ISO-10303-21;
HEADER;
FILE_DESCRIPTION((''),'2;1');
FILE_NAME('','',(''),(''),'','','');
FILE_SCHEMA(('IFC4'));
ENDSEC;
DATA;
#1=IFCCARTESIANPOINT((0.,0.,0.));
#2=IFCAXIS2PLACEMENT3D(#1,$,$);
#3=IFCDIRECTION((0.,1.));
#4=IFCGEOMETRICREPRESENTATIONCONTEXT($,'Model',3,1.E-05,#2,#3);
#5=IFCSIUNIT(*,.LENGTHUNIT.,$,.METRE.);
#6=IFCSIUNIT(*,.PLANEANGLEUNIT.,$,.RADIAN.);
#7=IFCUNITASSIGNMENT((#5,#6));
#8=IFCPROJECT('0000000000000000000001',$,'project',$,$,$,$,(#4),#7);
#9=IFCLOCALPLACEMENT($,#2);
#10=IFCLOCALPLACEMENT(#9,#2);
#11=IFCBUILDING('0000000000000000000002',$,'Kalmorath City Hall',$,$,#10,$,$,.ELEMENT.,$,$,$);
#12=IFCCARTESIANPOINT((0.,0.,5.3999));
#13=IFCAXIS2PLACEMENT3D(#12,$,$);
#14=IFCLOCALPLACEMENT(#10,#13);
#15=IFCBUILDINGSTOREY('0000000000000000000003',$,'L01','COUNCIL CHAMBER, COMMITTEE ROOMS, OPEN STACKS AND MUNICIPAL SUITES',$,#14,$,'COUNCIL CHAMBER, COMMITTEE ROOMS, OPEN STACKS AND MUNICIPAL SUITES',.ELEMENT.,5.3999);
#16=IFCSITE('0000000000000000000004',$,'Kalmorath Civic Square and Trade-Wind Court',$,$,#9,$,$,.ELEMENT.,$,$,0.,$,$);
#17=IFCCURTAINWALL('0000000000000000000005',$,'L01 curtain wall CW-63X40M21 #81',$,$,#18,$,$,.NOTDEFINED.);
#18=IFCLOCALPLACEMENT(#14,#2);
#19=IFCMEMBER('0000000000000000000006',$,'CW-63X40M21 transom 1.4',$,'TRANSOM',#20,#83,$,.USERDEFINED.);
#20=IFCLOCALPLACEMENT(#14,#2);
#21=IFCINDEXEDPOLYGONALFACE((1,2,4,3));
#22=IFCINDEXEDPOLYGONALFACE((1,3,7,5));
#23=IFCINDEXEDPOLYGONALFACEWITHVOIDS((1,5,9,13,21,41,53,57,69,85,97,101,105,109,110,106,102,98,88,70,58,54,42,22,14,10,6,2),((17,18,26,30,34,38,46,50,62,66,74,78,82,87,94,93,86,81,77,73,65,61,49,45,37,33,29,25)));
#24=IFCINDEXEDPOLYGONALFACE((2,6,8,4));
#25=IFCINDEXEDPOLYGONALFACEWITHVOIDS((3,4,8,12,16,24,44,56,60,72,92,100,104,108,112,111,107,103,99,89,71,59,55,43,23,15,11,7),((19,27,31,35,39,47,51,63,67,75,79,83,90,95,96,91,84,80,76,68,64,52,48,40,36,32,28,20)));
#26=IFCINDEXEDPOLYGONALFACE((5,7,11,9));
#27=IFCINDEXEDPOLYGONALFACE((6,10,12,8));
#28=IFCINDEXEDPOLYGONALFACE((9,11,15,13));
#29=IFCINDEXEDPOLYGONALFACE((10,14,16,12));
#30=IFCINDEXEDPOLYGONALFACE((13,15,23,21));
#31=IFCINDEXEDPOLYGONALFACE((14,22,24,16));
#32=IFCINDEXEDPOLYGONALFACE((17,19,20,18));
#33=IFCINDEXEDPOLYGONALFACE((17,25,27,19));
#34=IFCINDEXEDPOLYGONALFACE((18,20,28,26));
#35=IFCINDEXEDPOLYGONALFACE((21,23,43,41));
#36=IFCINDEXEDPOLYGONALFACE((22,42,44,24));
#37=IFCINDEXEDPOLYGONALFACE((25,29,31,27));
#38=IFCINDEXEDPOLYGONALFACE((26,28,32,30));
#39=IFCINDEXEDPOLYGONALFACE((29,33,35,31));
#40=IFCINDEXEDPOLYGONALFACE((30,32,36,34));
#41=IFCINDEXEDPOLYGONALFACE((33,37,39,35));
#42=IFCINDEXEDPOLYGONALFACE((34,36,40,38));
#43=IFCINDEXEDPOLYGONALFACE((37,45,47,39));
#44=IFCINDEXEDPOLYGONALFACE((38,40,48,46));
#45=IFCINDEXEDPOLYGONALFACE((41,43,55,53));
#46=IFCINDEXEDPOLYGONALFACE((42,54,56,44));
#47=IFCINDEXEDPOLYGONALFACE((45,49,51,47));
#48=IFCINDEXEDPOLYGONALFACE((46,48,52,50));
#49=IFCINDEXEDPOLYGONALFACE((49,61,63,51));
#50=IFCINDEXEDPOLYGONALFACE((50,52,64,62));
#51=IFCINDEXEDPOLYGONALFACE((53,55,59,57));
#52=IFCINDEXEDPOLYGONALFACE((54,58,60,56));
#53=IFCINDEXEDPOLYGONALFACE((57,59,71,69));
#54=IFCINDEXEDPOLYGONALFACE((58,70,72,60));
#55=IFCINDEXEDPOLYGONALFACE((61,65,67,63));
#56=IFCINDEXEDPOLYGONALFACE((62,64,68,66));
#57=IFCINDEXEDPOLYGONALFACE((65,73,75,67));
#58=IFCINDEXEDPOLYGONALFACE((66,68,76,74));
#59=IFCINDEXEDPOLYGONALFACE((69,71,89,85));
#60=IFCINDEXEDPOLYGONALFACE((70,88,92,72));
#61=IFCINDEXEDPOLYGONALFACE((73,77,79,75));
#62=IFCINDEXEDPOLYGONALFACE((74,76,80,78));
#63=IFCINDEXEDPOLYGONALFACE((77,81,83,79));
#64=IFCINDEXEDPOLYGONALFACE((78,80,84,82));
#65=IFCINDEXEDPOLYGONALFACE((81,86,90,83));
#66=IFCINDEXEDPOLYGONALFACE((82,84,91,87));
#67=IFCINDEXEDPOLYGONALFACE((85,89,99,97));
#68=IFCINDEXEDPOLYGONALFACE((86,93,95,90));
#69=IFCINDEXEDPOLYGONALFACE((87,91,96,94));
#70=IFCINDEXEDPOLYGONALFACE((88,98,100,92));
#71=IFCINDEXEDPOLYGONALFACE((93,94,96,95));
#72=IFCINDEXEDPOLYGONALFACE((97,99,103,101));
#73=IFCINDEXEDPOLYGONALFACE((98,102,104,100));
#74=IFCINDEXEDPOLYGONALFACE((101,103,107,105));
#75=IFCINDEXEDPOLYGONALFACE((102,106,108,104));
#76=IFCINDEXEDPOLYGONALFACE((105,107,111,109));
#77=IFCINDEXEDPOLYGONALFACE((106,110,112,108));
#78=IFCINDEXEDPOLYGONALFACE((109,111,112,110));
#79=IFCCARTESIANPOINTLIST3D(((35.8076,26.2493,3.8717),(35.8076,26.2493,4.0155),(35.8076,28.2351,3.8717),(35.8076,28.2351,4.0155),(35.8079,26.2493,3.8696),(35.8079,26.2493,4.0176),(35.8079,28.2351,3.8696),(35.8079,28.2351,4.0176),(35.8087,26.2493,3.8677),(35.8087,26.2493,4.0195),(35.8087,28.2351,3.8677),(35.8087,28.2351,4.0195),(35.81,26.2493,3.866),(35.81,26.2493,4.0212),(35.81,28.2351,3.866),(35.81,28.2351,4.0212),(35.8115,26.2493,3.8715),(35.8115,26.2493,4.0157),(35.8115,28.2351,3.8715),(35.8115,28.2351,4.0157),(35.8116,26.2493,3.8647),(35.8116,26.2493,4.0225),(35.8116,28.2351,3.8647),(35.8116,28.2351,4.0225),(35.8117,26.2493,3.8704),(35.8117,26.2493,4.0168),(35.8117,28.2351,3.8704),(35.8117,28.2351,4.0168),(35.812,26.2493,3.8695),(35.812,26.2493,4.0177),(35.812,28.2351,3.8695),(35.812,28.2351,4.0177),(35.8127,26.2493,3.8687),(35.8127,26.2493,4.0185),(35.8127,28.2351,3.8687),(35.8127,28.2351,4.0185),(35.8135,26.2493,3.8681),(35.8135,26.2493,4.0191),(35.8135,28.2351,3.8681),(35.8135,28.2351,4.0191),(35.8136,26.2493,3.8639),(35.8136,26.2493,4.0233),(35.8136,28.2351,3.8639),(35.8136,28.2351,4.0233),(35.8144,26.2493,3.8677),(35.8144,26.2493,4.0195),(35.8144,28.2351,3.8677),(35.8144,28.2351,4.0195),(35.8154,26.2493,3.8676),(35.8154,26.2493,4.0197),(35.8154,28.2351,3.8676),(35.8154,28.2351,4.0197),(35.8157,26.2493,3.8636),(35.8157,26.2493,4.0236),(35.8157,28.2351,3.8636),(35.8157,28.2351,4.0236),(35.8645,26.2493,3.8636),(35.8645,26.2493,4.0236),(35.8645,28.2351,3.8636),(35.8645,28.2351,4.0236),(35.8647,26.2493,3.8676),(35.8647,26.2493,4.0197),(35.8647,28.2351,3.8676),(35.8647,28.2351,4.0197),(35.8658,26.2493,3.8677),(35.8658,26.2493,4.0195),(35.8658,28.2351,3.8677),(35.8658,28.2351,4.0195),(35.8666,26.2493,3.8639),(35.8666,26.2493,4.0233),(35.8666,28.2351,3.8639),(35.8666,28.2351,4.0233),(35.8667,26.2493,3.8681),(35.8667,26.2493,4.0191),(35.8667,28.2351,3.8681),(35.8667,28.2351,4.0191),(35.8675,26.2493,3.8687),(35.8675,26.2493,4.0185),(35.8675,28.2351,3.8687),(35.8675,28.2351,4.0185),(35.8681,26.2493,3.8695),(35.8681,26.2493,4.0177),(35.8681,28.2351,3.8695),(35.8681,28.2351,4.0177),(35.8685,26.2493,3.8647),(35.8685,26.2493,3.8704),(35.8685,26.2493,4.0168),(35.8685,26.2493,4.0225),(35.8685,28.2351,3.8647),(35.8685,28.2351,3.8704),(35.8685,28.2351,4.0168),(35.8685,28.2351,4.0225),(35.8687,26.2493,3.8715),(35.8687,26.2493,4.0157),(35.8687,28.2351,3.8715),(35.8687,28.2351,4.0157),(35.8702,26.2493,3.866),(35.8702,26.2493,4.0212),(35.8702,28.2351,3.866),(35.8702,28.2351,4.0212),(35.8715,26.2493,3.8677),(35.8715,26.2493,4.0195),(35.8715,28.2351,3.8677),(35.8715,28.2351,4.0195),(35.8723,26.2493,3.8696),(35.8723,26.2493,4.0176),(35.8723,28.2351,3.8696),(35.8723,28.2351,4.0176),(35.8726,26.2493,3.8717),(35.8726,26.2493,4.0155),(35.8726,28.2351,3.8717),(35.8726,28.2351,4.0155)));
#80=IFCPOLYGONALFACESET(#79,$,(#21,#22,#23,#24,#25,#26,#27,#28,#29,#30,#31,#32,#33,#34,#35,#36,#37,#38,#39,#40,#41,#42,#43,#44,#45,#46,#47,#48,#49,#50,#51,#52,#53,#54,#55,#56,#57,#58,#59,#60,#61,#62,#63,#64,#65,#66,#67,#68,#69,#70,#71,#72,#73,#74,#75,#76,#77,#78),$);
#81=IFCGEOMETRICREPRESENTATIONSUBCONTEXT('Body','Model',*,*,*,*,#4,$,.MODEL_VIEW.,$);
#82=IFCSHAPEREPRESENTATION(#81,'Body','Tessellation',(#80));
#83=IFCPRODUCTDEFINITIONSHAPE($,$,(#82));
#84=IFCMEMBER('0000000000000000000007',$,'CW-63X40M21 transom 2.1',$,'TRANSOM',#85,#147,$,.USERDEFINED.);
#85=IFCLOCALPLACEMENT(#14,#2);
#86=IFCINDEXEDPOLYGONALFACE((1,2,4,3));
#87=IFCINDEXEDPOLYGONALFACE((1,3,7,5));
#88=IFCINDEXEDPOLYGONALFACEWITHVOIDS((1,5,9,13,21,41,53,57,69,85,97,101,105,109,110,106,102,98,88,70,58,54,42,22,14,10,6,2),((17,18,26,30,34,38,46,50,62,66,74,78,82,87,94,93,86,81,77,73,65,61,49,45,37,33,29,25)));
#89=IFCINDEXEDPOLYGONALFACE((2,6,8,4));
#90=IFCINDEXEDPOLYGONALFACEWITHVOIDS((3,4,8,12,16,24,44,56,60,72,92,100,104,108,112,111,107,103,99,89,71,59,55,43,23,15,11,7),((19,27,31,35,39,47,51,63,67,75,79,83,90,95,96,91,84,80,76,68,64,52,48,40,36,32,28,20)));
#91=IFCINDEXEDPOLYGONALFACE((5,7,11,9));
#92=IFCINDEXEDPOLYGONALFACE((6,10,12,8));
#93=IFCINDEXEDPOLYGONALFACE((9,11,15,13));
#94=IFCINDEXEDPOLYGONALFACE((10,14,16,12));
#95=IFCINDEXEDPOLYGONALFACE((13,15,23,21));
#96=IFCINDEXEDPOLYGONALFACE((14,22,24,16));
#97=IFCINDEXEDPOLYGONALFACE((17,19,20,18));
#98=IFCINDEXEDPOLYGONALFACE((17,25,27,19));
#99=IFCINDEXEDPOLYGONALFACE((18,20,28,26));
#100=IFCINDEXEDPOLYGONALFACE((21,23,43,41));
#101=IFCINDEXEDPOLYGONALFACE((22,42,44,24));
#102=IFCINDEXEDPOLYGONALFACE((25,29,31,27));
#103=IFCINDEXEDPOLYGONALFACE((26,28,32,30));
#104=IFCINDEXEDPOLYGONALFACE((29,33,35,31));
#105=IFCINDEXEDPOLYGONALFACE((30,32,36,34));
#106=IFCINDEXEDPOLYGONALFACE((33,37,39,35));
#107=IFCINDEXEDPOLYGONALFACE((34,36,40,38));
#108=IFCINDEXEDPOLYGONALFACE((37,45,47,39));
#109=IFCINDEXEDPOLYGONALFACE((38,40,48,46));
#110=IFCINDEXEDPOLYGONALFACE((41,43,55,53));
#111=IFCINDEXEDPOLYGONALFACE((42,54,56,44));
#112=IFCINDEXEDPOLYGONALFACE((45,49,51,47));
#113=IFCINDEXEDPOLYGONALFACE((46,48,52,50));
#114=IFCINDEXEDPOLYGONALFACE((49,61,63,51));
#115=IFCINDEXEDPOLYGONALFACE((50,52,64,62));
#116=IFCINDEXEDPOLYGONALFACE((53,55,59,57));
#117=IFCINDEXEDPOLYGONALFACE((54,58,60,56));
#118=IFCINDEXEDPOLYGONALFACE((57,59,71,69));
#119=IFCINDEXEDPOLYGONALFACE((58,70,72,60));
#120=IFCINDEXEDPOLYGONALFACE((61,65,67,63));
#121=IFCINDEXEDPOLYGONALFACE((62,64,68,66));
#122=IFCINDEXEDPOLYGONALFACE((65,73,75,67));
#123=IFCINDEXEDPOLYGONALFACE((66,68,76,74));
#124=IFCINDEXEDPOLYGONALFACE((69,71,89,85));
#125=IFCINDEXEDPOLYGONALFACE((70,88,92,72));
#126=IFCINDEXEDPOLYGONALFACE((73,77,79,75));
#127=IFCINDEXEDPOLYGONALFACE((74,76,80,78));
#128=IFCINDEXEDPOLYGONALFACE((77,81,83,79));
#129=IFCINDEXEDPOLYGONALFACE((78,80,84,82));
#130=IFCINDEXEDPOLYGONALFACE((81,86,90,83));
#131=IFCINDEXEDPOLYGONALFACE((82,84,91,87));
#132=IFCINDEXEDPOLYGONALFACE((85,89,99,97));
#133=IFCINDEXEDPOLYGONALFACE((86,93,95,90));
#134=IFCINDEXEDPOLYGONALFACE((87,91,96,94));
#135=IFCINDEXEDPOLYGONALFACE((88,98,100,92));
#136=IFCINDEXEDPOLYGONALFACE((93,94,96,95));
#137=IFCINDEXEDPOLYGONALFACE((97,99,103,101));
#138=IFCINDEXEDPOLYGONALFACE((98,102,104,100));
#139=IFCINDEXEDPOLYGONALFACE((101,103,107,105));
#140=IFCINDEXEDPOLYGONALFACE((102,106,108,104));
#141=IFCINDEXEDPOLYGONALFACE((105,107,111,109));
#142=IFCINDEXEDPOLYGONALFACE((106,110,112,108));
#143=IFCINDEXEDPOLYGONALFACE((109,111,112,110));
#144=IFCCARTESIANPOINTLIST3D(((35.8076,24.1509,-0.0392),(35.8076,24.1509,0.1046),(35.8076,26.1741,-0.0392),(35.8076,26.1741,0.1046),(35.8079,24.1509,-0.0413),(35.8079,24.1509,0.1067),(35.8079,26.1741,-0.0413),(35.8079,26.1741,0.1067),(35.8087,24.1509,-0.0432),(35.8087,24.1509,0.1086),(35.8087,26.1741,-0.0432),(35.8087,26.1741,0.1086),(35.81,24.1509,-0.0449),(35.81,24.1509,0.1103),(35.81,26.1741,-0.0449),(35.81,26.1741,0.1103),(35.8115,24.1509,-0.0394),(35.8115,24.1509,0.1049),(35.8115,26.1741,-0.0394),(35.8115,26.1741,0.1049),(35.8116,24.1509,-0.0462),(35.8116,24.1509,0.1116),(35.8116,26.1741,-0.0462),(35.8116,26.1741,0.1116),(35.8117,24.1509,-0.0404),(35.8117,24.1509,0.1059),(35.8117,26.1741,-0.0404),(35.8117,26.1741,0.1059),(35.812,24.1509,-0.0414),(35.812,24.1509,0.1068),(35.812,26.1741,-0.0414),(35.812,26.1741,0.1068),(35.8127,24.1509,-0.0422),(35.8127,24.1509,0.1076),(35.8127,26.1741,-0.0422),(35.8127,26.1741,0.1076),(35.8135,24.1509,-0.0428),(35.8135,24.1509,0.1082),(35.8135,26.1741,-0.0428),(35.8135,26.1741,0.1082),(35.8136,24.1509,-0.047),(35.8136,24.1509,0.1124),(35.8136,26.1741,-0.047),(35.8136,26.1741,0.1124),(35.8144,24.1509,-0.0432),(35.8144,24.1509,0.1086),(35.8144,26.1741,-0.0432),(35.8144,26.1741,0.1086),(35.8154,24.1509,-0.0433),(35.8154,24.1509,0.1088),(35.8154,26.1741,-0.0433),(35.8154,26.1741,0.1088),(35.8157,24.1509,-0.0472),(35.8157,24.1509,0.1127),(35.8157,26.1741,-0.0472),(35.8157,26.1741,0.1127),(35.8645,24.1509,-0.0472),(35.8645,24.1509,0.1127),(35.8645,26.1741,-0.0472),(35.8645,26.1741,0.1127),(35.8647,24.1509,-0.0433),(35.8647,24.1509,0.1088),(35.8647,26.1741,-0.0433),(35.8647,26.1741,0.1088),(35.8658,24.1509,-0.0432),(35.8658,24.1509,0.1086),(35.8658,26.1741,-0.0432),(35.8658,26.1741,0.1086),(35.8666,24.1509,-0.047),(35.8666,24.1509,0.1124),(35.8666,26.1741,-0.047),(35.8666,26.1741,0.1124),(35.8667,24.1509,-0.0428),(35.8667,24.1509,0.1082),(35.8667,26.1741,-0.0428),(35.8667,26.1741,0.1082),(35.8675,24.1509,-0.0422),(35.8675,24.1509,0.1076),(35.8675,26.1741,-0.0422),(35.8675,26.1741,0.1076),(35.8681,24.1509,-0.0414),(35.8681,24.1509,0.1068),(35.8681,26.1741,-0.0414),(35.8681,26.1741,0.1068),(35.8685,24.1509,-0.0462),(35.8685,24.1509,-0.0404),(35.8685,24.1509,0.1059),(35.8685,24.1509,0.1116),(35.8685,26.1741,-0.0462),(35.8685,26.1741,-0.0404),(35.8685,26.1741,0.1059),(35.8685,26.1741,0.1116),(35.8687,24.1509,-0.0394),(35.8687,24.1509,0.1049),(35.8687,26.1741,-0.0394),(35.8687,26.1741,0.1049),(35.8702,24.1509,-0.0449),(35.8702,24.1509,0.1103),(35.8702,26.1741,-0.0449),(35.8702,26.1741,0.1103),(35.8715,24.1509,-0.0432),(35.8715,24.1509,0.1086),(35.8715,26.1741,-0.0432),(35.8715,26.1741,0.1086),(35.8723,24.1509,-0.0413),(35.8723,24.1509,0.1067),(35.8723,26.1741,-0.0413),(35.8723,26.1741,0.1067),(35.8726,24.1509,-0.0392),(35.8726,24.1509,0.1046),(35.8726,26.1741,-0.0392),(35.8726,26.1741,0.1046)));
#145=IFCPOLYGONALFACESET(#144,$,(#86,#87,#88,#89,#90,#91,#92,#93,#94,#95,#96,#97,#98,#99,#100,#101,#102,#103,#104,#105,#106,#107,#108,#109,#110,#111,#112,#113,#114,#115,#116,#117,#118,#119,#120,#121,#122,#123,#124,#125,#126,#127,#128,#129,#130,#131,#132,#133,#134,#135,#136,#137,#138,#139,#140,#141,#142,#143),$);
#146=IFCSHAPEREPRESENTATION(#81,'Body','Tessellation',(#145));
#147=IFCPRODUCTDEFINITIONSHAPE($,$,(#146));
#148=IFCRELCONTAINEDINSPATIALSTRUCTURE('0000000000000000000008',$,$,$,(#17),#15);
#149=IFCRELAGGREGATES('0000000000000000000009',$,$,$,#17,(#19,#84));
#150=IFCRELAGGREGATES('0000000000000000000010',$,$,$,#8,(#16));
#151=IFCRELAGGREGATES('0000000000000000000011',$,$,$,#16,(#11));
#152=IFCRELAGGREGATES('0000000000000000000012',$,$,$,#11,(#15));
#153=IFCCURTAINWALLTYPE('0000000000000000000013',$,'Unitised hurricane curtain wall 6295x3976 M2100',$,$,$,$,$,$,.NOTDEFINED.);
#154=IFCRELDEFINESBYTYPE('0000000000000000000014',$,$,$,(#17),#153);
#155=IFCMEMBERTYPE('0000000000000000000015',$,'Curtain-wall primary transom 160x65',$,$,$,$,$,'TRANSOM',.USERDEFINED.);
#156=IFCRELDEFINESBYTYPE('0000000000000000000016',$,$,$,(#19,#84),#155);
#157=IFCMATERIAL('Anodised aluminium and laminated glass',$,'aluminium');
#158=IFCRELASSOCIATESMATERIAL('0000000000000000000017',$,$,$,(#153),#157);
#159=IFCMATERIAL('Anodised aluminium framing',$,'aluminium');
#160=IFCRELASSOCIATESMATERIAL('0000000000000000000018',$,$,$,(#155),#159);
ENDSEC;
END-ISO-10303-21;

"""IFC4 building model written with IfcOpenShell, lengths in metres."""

from ifc_helpers import new_model, si_unit, direction, frame, origin, origin_2d, place, context, subcontext, project, spatial, hollow_rectangle, extrude, material, material_profile, profile_set, type_object, element, aggregate, save


model = new_model("IFC4")

# Units and contexts
model_context = context("Model", 3, precision=1e-05, world=origin(), true_north=direction((0.0, 1.0)))
body_context = subcontext(model_context, "Body", "Model", "MODEL_VIEW")
ifc_project = project(units=[si_unit("LENGTHUNIT", "METRE"), si_unit("PLANEANGLEUNIT", "RADIAN")], contexts=[model_context])

# Site, building, storey
site_placement = place(None, origin())
site = spatial("IfcSite", under=ifc_project, at=site_placement, Name="Kalmorath Civic Square and Trade-Wind Court", CompositionType="ELEMENT", RefElevation=0.0)
building_placement = place(site_placement, origin())
building = spatial("IfcBuilding", under=site, at=building_placement, Name="Kalmorath City Hall", CompositionType="ELEMENT")
storey_placement = place(building_placement, frame((0.0, 0.0, 5.3999)))
storey = spatial("IfcBuildingStorey", under=building, at=storey_placement, Name="L01", Description="COUNCIL CHAMBER, COMMITTEE ROOMS, OPEN STACKS AND MUNICIPAL SUITES", LongName="COUNCIL CHAMBER, COMMITTEE ROOMS, OPEN STACKS AND MUNICIPAL SUITES", CompositionType="ELEMENT", Elevation=5.3999)

# Curtain wall, members
ifc_material_1 = material(Name="Anodised aluminium and laminated glass", Category="aluminium")
curtain_wall_type = type_object("IfcCurtainWallType", Name="Unitised hurricane curtain wall 6295x3976 M2100", PredefinedType="NOTDEFINED", material=ifc_material_1)
curtain_wall_placement = place(storey_placement, origin())
curtain_wall = element("IfcCurtainWall", 1, at=curtain_wall_placement, inside=storey, type_object=curtain_wall_type, Name="L01 curtain wall CW-63X40M21 #81", PredefinedType="NOTDEFINED")
ifc_material_2 = material(Name="Anodised aluminium framing", Category="aluminium")
ifc_material_profile_1 = material_profile(ifc_material_2, hollow_rectangle(XDim=0.0649, YDim=0.1599, WallThickness=0.0039, InnerFilletRadius=0.0039, OuterFilletRadius=0.0081, at=origin_2d()), Name="ALU-TRN-160X65X4")
ifc_profile_set_1 = profile_set([ifc_material_profile_1], Name="Anodised aluminium framing")
member_type_1 = type_object("IfcMemberType", Name="Curtain-wall primary transom 160x65", ElementType="TRANSOM", PredefinedType="USERDEFINED", material=ifc_profile_set_1)
member_1_placement = place(storey_placement, frame((35.8401, 28.2351, 3.9436), z_axis=(0.0, -1.0, 0.0), x_axis=(1.0, 0.0, 0.0)))
member_1 = element("IfcMember", 2, at=member_1_placement, type_object=member_type_1, Name="CW-63X40M21 transom 1.4", ObjectType="TRANSOM", PredefinedType="USERDEFINED", context=body_context, shape_type="SweptSolid", body=[
    extrude(hollow_rectangle(XDim=0.0649, YDim=0.1599, WallThickness=0.0039, InnerFilletRadius=0.0039, OuterFilletRadius=0.0081, at=origin_2d()), origin(), (0.0, 0.0, 1.0), 1.9858),
])
member_2_placement = place(storey_placement, frame((35.8401, 26.1741, 0.0327), z_axis=(0.0, -1.0, 0.0), x_axis=(1.0, 0.0, 0.0)))
member_2 = element("IfcMember", 3, at=member_2_placement, type_object=member_type_1, Name="CW-63X40M21 transom 2.1", ObjectType="TRANSOM", PredefinedType="USERDEFINED", context=body_context, shape_type="SweptSolid", body=[
    extrude(hollow_rectangle(XDim=0.0649, YDim=0.1599, WallThickness=0.0039, InnerFilletRadius=0.0039, OuterFilletRadius=0.0081, at=origin_2d()), origin(), (0.0, 0.0, 1.0), 2.0232),
])
aggregate(curtain_wall, [member_1, member_2])

save(model, "model.ifc")
